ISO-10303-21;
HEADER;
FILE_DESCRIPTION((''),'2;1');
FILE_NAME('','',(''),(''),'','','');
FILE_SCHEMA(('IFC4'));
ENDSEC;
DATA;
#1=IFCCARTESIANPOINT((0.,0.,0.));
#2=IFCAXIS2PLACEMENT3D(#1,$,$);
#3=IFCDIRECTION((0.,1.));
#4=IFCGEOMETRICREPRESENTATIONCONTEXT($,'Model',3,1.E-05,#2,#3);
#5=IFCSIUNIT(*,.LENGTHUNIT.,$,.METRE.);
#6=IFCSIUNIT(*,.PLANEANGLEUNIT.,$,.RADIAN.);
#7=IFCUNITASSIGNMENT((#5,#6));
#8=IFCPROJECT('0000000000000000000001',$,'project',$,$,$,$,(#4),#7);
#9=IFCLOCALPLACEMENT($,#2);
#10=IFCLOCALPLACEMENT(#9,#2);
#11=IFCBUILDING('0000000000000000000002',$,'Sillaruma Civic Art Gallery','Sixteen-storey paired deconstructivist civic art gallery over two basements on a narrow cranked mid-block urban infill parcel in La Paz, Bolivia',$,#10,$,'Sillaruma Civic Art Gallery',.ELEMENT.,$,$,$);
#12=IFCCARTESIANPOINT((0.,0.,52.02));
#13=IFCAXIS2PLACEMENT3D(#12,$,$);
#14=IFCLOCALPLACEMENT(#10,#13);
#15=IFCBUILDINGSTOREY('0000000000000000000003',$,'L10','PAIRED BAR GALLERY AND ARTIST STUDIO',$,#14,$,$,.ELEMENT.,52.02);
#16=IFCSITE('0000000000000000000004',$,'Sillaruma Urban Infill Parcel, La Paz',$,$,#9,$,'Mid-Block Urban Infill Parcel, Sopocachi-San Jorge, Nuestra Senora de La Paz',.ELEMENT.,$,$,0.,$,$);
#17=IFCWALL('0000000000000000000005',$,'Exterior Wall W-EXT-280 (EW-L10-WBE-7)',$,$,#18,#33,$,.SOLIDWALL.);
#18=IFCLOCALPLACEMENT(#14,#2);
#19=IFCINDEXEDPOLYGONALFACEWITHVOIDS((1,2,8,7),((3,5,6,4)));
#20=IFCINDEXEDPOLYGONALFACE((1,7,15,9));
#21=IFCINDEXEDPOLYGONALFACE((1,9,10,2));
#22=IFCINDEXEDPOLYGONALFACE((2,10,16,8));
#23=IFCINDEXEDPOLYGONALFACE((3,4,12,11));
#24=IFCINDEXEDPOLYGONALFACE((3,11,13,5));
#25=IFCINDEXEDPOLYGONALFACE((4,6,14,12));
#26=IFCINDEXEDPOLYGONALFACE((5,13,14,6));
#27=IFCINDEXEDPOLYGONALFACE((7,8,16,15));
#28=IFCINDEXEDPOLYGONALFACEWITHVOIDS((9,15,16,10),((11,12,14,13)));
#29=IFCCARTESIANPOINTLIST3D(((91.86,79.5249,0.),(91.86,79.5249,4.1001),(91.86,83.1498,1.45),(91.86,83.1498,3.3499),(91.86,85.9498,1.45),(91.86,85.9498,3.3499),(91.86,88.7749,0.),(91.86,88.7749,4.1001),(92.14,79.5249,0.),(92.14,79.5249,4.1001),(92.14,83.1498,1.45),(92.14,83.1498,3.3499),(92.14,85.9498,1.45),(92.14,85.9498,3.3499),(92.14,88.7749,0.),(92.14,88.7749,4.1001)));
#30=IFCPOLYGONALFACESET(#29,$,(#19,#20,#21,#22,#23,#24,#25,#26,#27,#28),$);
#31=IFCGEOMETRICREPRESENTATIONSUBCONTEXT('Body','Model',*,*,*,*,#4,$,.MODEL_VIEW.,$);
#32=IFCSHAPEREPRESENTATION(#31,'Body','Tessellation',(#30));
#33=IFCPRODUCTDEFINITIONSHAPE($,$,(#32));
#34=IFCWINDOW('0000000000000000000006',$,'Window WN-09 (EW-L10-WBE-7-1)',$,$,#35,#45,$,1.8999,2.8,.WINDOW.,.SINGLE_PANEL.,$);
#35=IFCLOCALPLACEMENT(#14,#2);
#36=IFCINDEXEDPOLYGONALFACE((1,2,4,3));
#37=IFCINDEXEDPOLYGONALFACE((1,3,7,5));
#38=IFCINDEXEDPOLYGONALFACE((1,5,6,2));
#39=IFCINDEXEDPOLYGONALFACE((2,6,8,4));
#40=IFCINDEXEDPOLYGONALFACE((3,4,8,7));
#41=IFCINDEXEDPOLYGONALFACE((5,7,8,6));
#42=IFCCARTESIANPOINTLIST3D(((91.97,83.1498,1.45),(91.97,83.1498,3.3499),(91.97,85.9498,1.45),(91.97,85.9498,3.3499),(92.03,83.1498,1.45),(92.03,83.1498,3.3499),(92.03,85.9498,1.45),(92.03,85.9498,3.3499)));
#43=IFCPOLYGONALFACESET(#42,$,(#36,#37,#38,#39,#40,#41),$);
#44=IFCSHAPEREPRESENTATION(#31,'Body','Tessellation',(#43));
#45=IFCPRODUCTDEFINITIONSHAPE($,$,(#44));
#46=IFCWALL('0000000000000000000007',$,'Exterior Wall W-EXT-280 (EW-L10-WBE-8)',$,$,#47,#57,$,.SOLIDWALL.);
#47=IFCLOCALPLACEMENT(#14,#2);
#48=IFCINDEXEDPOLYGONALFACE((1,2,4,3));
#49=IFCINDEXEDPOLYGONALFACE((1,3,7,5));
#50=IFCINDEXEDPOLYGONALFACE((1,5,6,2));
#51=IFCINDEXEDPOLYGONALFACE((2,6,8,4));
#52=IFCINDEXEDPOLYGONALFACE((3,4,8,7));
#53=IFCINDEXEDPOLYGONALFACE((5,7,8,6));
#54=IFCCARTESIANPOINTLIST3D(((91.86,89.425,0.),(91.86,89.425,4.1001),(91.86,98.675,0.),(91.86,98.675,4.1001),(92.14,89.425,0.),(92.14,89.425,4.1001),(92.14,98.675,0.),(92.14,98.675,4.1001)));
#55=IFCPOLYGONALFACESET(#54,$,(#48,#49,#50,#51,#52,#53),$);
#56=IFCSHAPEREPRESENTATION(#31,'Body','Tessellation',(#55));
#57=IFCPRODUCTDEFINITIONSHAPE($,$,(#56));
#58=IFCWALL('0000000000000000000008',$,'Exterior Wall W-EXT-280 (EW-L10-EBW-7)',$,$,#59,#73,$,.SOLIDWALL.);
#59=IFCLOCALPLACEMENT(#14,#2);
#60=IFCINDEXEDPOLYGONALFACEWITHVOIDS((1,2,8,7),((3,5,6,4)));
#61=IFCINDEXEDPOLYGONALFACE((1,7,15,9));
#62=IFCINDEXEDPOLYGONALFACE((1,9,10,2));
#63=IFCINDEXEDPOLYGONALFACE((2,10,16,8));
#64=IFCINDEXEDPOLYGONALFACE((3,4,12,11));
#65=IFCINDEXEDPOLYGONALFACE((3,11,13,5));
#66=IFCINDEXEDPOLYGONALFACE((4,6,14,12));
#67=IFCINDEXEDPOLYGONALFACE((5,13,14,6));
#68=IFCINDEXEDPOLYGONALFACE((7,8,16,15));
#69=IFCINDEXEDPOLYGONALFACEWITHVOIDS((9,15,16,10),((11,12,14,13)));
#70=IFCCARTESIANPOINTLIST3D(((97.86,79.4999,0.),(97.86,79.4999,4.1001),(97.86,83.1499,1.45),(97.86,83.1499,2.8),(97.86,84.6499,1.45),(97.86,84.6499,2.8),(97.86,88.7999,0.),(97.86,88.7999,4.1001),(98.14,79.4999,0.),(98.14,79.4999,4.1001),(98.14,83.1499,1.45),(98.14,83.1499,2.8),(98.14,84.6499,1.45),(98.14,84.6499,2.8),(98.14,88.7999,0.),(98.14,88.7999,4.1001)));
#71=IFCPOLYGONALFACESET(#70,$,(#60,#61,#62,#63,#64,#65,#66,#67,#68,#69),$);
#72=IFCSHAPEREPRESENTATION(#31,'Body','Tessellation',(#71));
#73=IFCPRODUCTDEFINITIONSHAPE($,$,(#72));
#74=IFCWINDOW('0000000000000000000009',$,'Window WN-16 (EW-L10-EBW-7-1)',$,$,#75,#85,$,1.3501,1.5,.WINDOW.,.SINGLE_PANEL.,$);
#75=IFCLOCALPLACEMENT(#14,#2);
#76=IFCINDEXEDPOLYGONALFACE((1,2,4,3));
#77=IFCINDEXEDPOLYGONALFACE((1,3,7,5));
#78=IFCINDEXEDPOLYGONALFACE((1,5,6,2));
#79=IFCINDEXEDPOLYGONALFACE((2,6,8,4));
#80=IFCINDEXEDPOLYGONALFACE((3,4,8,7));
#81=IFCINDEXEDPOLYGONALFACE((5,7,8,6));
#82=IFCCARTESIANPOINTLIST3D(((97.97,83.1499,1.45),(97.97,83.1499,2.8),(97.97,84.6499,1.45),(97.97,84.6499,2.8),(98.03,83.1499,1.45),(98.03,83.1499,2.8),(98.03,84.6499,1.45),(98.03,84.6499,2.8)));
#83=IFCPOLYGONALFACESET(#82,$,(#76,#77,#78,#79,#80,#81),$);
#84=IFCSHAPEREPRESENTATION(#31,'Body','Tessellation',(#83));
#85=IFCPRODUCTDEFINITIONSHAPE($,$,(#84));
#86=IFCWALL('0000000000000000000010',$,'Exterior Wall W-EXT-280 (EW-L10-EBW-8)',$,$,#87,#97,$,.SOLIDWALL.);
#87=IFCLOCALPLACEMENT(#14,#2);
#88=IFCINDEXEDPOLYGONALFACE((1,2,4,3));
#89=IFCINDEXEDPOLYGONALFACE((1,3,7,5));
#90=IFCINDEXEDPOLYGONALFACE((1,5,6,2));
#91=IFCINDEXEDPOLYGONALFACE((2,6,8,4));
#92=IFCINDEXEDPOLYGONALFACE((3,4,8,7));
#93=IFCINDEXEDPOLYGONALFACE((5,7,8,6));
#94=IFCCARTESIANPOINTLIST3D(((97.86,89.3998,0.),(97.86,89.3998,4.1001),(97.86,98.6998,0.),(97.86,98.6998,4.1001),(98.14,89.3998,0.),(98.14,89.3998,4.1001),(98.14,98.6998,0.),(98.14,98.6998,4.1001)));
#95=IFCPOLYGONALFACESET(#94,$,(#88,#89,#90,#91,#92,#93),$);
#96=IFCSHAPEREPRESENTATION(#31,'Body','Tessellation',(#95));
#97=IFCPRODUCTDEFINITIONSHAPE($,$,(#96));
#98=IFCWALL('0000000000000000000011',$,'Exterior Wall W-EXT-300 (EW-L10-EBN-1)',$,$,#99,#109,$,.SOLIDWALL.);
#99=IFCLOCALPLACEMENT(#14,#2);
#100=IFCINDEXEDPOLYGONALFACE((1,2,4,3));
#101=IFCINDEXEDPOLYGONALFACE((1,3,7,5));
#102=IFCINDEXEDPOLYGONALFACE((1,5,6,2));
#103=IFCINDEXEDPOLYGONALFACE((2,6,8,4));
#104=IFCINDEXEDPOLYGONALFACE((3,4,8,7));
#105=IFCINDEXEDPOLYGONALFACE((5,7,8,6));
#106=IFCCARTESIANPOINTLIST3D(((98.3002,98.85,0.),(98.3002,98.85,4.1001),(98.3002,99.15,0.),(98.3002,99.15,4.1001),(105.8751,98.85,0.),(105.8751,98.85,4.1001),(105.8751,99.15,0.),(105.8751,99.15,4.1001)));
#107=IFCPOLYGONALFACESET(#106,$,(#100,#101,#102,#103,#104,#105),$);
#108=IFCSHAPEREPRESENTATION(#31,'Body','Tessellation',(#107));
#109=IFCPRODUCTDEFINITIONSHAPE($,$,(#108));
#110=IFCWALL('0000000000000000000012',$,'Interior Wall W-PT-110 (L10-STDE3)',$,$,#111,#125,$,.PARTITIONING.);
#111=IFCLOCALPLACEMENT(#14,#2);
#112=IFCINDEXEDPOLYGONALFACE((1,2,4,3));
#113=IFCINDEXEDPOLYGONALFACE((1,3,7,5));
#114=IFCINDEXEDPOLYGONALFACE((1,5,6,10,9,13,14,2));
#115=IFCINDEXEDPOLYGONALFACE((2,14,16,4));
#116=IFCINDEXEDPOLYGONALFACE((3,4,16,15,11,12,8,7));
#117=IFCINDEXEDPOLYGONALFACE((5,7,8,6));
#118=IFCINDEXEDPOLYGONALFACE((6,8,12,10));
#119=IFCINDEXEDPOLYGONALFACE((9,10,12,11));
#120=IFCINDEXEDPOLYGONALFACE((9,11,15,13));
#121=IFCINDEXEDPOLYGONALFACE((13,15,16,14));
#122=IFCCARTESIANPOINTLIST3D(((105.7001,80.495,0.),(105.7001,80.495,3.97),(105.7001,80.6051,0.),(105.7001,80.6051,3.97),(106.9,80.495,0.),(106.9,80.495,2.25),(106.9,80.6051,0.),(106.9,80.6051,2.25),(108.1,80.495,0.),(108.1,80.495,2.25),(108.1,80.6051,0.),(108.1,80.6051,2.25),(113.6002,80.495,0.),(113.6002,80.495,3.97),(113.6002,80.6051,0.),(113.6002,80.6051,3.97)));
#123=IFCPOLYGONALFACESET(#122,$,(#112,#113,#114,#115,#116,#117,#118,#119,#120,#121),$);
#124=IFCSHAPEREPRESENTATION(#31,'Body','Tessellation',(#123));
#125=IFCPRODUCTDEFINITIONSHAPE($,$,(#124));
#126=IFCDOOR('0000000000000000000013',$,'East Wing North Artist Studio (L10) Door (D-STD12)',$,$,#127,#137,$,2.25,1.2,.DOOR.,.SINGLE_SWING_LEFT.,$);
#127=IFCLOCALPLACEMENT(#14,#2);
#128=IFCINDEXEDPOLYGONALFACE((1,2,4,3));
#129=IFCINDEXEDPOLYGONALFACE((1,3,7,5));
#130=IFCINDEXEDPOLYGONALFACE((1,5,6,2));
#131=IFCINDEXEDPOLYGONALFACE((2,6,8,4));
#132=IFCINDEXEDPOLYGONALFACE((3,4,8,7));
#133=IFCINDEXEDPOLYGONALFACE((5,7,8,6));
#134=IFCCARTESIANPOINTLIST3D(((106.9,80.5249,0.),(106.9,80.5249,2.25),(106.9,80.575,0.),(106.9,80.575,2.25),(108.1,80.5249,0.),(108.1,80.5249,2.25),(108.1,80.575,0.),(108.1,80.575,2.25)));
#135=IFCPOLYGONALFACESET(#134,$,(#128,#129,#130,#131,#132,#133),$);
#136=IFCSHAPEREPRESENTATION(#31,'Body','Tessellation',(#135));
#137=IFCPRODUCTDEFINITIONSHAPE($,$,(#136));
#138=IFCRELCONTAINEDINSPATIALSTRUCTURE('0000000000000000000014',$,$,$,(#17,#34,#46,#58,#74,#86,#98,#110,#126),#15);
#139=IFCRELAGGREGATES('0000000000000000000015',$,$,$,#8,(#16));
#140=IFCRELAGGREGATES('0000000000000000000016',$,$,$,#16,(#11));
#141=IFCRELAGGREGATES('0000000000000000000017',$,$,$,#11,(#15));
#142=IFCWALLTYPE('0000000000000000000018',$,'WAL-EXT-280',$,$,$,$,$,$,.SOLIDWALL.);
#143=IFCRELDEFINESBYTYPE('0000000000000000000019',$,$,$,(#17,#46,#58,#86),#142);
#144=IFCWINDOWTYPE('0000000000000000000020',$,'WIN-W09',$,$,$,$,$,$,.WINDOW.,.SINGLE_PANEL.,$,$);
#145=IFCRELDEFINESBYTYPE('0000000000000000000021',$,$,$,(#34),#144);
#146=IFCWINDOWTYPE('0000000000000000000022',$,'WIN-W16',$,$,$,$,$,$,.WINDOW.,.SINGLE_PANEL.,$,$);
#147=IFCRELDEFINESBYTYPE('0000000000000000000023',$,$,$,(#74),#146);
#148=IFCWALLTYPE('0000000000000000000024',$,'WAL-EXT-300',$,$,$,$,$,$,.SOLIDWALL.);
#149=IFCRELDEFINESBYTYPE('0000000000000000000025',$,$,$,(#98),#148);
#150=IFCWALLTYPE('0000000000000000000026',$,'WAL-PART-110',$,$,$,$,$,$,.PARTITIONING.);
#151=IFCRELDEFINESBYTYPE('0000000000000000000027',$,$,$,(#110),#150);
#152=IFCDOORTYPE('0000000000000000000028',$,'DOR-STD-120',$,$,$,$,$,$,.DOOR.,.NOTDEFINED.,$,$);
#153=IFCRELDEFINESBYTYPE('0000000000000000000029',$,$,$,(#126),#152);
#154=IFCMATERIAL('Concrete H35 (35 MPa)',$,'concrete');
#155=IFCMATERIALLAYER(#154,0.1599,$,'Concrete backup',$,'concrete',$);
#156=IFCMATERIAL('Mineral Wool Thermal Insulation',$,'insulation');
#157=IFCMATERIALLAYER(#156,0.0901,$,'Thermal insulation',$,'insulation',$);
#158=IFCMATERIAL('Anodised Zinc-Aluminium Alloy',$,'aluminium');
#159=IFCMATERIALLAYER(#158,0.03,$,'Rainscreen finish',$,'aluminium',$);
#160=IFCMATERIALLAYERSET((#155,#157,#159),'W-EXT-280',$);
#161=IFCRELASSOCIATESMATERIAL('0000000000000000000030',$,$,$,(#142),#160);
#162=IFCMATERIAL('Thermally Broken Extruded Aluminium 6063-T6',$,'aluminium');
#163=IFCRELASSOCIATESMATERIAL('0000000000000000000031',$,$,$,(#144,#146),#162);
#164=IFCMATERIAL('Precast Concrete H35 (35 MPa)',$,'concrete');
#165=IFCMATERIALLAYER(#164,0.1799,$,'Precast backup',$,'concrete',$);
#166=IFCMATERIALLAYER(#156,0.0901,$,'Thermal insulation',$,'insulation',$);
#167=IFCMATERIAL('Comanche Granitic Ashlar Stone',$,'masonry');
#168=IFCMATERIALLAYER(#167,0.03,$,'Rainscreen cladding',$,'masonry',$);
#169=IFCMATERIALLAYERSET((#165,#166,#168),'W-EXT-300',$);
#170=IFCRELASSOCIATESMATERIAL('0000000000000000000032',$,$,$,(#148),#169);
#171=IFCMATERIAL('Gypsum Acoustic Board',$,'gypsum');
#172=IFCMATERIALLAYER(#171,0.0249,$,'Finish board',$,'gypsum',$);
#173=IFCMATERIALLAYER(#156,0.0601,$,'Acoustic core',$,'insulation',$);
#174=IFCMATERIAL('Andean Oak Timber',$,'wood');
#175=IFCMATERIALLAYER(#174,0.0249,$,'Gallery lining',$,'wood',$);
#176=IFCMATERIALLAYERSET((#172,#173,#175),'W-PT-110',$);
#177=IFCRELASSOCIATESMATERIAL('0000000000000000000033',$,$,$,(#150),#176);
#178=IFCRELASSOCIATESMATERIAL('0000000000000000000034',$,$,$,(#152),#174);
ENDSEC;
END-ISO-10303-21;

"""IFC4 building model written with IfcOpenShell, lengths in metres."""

from ifc_helpers import new_model, si_unit, direction, frame, frame_2d, origin, place, context, subcontext, project, spatial, rectangle, extrude, material, layer, layer_set, type_object, element, fill, save


model = new_model("IFC4")

# Units and contexts
model_context = context("Model", 3, precision=1e-05, world=origin(), true_north=direction((0.0, 1.0)))
body_context = subcontext(model_context, "Body", "Model", "MODEL_VIEW")
ifc_project = project(units=[si_unit("LENGTHUNIT", "METRE"), si_unit("PLANEANGLEUNIT", "RADIAN")], contexts=[model_context])

# Site, building, storey
site_placement = place(None, origin())
site = spatial("IfcSite", under=ifc_project, at=site_placement, Name="Sillaruma Urban Infill Parcel, La Paz", LongName="Mid-Block Urban Infill Parcel, Sopocachi-San Jorge, Nuestra Senora de La Paz", CompositionType="ELEMENT", RefElevation=0.0)
building_placement = place(site_placement, origin())
building = spatial("IfcBuilding", under=site, at=building_placement, Name="Sillaruma Civic Art Gallery", Description="Sixteen-storey paired deconstructivist civic art gallery over two basements on a narrow cranked mid-block urban infill parcel in La Paz, Bolivia", LongName="Sillaruma Civic Art Gallery", CompositionType="ELEMENT")
storey_placement = place(building_placement, frame((0.0, 0.0, 52.02)))
storey = spatial("IfcBuildingStorey", under=building, at=storey_placement, Name="L10", Description="PAIRED BAR GALLERY AND ARTIST STUDIO", CompositionType="ELEMENT", Elevation=52.02)

# Shared definitions
ifc_material_1 = material(Name="Concrete H35 (35 MPa)", Category="concrete")

# Shared definitions
ifc_material_2 = material(Name="Thermally Broken Extruded Aluminium 6063-T6", Category="aluminium")

# Wall, opening, window
ifc_layer_1 = layer(ifc_material_1, 0.1599, Name="Concrete backup", Category="concrete")
ifc_material_3 = material(Name="Mineral Wool Thermal Insulation", Category="insulation")
ifc_layer_2 = layer(ifc_material_3, 0.0901, Name="Thermal insulation", Category="insulation")
ifc_material_4 = material(Name="Anodised Zinc-Aluminium Alloy", Category="aluminium")
ifc_layer_3 = layer(ifc_material_4, 0.03, Name="Rainscreen finish", Category="aluminium")
ifc_layer_set_1 = layer_set([ifc_layer_1, ifc_layer_2, ifc_layer_3], Name="W-EXT-280")
wall_type_1 = type_object("IfcWallType", Name="WAL-EXT-280", PredefinedType="SOLIDWALL", material=ifc_layer_set_1)
wall_1_placement = place(storey_placement, frame((92.0, 79.5249, 0.0), z_axis=(0.0, 0.0, 1.0), x_axis=(0.0, 1.0, 0.0)))
wall_1 = element("IfcWall", 1, at=wall_1_placement, inside=storey, type_object=wall_type_1, Name="Exterior Wall W-EXT-280 (EW-L10-WBE-7)", PredefinedType="SOLIDWALL", context=body_context, shape_type="SweptSolid", body=[
    extrude(rectangle(XDim=9.25, YDim=0.28, at=frame_2d((4.625, 0.0))), origin(), (0.0, 0.0, 1.0), 4.1001),
])
opening_1_placement = place(wall_1_placement, frame((3.625, 0.0, 1.45)))
opening_1 = element("IfcOpeningElement", 2, at=opening_1_placement, cuts=wall_1, PredefinedType="OPENING", context=body_context, shape_type="SweptSolid", body=[
    extrude(rectangle(XDim=2.8, YDim=1.8999, at=frame_2d((1.3999, 0.95))), frame((0.0, 0.1499, 0.0), z_axis=(0.0, -1.0, 0.0), x_axis=(1.0, 0.0, 0.0)), (0.0, 0.0, 1.0), 0.3),
])
window_type_1 = type_object("IfcWindowType", Name="WIN-W09", PartitioningType="SINGLE_PANEL", PredefinedType="WINDOW", material=ifc_material_2)
window_1_placement = place(opening_1_placement, origin())
window_1 = element("IfcWindow", 3, at=window_1_placement, inside=storey, type_object=window_type_1, Name="Window WN-09 (EW-L10-WBE-7-1)", OverallHeight=1.8999, OverallWidth=2.8, PartitioningType="SINGLE_PANEL", PredefinedType="WINDOW", context=body_context, shape_type="SweptSolid", body=[
    extrude(rectangle(XDim=2.8, YDim=1.8999, at=frame_2d((1.3999, 0.95))), frame((0.0, 0.03, 0.0), z_axis=(0.0, -1.0, 0.0), x_axis=(1.0, 0.0, 0.0)), (0.0, 0.0, 1.0), 0.0601),
])
fill(opening_1, window_1)

# Wall
wall_2_placement = place(storey_placement, frame((92.0, 89.425, 0.0), z_axis=(0.0, 0.0, 1.0), x_axis=(0.0, 1.0, 0.0)))
element("IfcWall", 4, at=wall_2_placement, inside=storey, type_object=wall_type_1, Name="Exterior Wall W-EXT-280 (EW-L10-WBE-8)", PredefinedType="SOLIDWALL", context=body_context, shape_type="SweptSolid", body=[
    extrude(rectangle(XDim=9.25, YDim=0.28, at=frame_2d((4.625, 0.0))), origin(), (0.0, 0.0, 1.0), 4.1001),
])

# Wall, opening, window
wall_3_placement = place(storey_placement, frame((98.0, 79.5, 0.0), z_axis=(0.0, 0.0, 1.0), x_axis=(0.0, 1.0, 0.0)))
wall_3 = element("IfcWall", 5, at=wall_3_placement, inside=storey, type_object=wall_type_1, Name="Exterior Wall W-EXT-280 (EW-L10-EBW-7)", PredefinedType="SOLIDWALL", context=body_context, shape_type="SweptSolid", body=[
    extrude(rectangle(XDim=9.3, YDim=0.28, at=frame_2d((4.6499, 0.0))), origin(), (0.0, 0.0, 1.0), 4.1001),
])
opening_2_placement = place(wall_3_placement, frame((3.6499, 0.0, 1.45)))
opening_2 = element("IfcOpeningElement", 6, at=opening_2_placement, cuts=wall_3, PredefinedType="OPENING", context=body_context, shape_type="SweptSolid", body=[
    extrude(rectangle(XDim=1.5, YDim=1.3501, at=frame_2d((0.75, 0.675))), frame((0.0, 0.1499, 0.0), z_axis=(0.0, -1.0, 0.0), x_axis=(1.0, 0.0, 0.0)), (0.0, 0.0, 1.0), 0.3),
])
window_type_2 = type_object("IfcWindowType", Name="WIN-W16", PartitioningType="SINGLE_PANEL", PredefinedType="WINDOW", material=ifc_material_2)
window_2_placement = place(opening_2_placement, origin())
window_2 = element("IfcWindow", 7, at=window_2_placement, inside=storey, type_object=window_type_2, Name="Window WN-16 (EW-L10-EBW-7-1)", OverallHeight=1.3501, OverallWidth=1.5, PartitioningType="SINGLE_PANEL", PredefinedType="WINDOW", context=body_context, shape_type="SweptSolid", body=[
    extrude(rectangle(XDim=1.5, YDim=1.3501, at=frame_2d((0.75, 0.675))), frame((0.0, 0.03, 0.0), z_axis=(0.0, -1.0, 0.0), x_axis=(1.0, 0.0, 0.0)), (0.0, 0.0, 1.0), 0.0601),
])
fill(opening_2, window_2)

# Walls
wall_4_placement = place(storey_placement, frame((98.0, 89.3999, 0.0), z_axis=(0.0, 0.0, 1.0), x_axis=(0.0, 1.0, 0.0)))
element("IfcWall", 8, at=wall_4_placement, inside=storey, type_object=wall_type_1, Name="Exterior Wall W-EXT-280 (EW-L10-EBW-8)", PredefinedType="SOLIDWALL", context=body_context, shape_type="SweptSolid", body=[
    extrude(rectangle(XDim=9.3, YDim=0.28, at=frame_2d((4.6499, 0.0))), origin(), (0.0, 0.0, 1.0), 4.1001),
])
ifc_material_5 = material(Name="Precast Concrete H35 (35 MPa)", Category="concrete")
ifc_layer_4 = layer(ifc_material_5, 0.1799, Name="Precast backup", Category="concrete")
ifc_layer_5 = layer(ifc_material_3, 0.0901, Name="Thermal insulation", Category="insulation")
ifc_material_6 = material(Name="Comanche Granitic Ashlar Stone", Category="masonry")
ifc_layer_6 = layer(ifc_material_6, 0.03, Name="Rainscreen cladding", Category="masonry")
ifc_layer_set_2 = layer_set([ifc_layer_4, ifc_layer_5, ifc_layer_6], Name="W-EXT-300")
wall_type_2 = type_object("IfcWallType", Name="WAL-EXT-300", PredefinedType="SOLIDWALL", material=ifc_layer_set_2)
wall_5_placement = place(storey_placement, frame((98.3, 99.0, 0.0), z_axis=(0.0, 0.0, 1.0), x_axis=(1.0, 0.0, 0.0)))
element("IfcWall", 9, at=wall_5_placement, inside=storey, type_object=wall_type_2, Name="Exterior Wall W-EXT-300 (EW-L10-EBN-1)", PredefinedType="SOLIDWALL", context=body_context, shape_type="SweptSolid", body=[
    extrude(rectangle(XDim=7.575, YDim=0.3, at=frame_2d((3.7876, 0.0))), origin(), (0.0, 0.0, 1.0), 4.1001),
])

# Wall, opening, door
ifc_material_7 = material(Name="Gypsum Acoustic Board", Category="gypsum")
ifc_layer_7 = layer(ifc_material_7, 0.0249, Name="Finish board", Category="gypsum")
ifc_layer_8 = layer(ifc_material_3, 0.0601, Name="Acoustic core", Category="insulation")
ifc_material_8 = material(Name="Andean Oak Timber", Category="wood")
ifc_layer_9 = layer(ifc_material_8, 0.0249, Name="Gallery lining", Category="wood")
ifc_layer_set_3 = layer_set([ifc_layer_7, ifc_layer_8, ifc_layer_9], Name="W-PT-110")
wall_type_3 = type_object("IfcWallType", Name="WAL-PART-110", PredefinedType="PARTITIONING", material=ifc_layer_set_3)
wall_6_placement = place(storey_placement, frame((105.7, 80.55, 0.0), z_axis=(0.0, 0.0, 1.0), x_axis=(1.0, 0.0, 0.0)))
wall_6 = element("IfcWall", 10, at=wall_6_placement, inside=storey, type_object=wall_type_3, Name="Interior Wall W-PT-110 (L10-STDE3)", PredefinedType="PARTITIONING", context=body_context, shape_type="SweptSolid", body=[
    extrude(rectangle(XDim=7.9001, YDim=0.1101, at=frame_2d((3.9502, 0.0))), origin(), (0.0, 0.0, 1.0), 3.97),
])
opening_3_placement = place(wall_6_placement, frame((1.2, 0.0, 0.0)))
opening_3 = element("IfcOpeningElement", 11, at=opening_3_placement, cuts=wall_6, PredefinedType="OPENING", context=body_context, shape_type="SweptSolid", body=[
    extrude(rectangle(XDim=1.2, YDim=2.25, at=frame_2d((0.6001, 1.125))), frame((0.0, 0.0649, 0.0), z_axis=(0.0, -1.0, 0.0), x_axis=(1.0, 0.0, 0.0)), (0.0, 0.0, 1.0), 0.1301),
])
door_type = type_object("IfcDoorType", Name="DOR-STD-120", OperationType="NOTDEFINED", PredefinedType="DOOR", material=ifc_material_8)
door_placement = place(opening_3_placement, origin())
door = element("IfcDoor", 12, at=door_placement, inside=storey, type_object=door_type, Name="East Wing North Artist Studio (L10) Door (D-STD12)", OperationType="SINGLE_SWING_LEFT", OverallHeight=2.25, OverallWidth=1.2, PredefinedType="DOOR", context=body_context, shape_type="SweptSolid", body=[
    extrude(rectangle(XDim=1.2, YDim=2.25, at=frame_2d((0.6001, 1.125))), frame((0.0, 0.0249, 0.0), z_axis=(0.0, -1.0, 0.0), x_axis=(1.0, 0.0, 0.0)), (0.0, 0.0, 1.0), 0.05),
])
fill(opening_3, door)

save(model, "model.ifc")
